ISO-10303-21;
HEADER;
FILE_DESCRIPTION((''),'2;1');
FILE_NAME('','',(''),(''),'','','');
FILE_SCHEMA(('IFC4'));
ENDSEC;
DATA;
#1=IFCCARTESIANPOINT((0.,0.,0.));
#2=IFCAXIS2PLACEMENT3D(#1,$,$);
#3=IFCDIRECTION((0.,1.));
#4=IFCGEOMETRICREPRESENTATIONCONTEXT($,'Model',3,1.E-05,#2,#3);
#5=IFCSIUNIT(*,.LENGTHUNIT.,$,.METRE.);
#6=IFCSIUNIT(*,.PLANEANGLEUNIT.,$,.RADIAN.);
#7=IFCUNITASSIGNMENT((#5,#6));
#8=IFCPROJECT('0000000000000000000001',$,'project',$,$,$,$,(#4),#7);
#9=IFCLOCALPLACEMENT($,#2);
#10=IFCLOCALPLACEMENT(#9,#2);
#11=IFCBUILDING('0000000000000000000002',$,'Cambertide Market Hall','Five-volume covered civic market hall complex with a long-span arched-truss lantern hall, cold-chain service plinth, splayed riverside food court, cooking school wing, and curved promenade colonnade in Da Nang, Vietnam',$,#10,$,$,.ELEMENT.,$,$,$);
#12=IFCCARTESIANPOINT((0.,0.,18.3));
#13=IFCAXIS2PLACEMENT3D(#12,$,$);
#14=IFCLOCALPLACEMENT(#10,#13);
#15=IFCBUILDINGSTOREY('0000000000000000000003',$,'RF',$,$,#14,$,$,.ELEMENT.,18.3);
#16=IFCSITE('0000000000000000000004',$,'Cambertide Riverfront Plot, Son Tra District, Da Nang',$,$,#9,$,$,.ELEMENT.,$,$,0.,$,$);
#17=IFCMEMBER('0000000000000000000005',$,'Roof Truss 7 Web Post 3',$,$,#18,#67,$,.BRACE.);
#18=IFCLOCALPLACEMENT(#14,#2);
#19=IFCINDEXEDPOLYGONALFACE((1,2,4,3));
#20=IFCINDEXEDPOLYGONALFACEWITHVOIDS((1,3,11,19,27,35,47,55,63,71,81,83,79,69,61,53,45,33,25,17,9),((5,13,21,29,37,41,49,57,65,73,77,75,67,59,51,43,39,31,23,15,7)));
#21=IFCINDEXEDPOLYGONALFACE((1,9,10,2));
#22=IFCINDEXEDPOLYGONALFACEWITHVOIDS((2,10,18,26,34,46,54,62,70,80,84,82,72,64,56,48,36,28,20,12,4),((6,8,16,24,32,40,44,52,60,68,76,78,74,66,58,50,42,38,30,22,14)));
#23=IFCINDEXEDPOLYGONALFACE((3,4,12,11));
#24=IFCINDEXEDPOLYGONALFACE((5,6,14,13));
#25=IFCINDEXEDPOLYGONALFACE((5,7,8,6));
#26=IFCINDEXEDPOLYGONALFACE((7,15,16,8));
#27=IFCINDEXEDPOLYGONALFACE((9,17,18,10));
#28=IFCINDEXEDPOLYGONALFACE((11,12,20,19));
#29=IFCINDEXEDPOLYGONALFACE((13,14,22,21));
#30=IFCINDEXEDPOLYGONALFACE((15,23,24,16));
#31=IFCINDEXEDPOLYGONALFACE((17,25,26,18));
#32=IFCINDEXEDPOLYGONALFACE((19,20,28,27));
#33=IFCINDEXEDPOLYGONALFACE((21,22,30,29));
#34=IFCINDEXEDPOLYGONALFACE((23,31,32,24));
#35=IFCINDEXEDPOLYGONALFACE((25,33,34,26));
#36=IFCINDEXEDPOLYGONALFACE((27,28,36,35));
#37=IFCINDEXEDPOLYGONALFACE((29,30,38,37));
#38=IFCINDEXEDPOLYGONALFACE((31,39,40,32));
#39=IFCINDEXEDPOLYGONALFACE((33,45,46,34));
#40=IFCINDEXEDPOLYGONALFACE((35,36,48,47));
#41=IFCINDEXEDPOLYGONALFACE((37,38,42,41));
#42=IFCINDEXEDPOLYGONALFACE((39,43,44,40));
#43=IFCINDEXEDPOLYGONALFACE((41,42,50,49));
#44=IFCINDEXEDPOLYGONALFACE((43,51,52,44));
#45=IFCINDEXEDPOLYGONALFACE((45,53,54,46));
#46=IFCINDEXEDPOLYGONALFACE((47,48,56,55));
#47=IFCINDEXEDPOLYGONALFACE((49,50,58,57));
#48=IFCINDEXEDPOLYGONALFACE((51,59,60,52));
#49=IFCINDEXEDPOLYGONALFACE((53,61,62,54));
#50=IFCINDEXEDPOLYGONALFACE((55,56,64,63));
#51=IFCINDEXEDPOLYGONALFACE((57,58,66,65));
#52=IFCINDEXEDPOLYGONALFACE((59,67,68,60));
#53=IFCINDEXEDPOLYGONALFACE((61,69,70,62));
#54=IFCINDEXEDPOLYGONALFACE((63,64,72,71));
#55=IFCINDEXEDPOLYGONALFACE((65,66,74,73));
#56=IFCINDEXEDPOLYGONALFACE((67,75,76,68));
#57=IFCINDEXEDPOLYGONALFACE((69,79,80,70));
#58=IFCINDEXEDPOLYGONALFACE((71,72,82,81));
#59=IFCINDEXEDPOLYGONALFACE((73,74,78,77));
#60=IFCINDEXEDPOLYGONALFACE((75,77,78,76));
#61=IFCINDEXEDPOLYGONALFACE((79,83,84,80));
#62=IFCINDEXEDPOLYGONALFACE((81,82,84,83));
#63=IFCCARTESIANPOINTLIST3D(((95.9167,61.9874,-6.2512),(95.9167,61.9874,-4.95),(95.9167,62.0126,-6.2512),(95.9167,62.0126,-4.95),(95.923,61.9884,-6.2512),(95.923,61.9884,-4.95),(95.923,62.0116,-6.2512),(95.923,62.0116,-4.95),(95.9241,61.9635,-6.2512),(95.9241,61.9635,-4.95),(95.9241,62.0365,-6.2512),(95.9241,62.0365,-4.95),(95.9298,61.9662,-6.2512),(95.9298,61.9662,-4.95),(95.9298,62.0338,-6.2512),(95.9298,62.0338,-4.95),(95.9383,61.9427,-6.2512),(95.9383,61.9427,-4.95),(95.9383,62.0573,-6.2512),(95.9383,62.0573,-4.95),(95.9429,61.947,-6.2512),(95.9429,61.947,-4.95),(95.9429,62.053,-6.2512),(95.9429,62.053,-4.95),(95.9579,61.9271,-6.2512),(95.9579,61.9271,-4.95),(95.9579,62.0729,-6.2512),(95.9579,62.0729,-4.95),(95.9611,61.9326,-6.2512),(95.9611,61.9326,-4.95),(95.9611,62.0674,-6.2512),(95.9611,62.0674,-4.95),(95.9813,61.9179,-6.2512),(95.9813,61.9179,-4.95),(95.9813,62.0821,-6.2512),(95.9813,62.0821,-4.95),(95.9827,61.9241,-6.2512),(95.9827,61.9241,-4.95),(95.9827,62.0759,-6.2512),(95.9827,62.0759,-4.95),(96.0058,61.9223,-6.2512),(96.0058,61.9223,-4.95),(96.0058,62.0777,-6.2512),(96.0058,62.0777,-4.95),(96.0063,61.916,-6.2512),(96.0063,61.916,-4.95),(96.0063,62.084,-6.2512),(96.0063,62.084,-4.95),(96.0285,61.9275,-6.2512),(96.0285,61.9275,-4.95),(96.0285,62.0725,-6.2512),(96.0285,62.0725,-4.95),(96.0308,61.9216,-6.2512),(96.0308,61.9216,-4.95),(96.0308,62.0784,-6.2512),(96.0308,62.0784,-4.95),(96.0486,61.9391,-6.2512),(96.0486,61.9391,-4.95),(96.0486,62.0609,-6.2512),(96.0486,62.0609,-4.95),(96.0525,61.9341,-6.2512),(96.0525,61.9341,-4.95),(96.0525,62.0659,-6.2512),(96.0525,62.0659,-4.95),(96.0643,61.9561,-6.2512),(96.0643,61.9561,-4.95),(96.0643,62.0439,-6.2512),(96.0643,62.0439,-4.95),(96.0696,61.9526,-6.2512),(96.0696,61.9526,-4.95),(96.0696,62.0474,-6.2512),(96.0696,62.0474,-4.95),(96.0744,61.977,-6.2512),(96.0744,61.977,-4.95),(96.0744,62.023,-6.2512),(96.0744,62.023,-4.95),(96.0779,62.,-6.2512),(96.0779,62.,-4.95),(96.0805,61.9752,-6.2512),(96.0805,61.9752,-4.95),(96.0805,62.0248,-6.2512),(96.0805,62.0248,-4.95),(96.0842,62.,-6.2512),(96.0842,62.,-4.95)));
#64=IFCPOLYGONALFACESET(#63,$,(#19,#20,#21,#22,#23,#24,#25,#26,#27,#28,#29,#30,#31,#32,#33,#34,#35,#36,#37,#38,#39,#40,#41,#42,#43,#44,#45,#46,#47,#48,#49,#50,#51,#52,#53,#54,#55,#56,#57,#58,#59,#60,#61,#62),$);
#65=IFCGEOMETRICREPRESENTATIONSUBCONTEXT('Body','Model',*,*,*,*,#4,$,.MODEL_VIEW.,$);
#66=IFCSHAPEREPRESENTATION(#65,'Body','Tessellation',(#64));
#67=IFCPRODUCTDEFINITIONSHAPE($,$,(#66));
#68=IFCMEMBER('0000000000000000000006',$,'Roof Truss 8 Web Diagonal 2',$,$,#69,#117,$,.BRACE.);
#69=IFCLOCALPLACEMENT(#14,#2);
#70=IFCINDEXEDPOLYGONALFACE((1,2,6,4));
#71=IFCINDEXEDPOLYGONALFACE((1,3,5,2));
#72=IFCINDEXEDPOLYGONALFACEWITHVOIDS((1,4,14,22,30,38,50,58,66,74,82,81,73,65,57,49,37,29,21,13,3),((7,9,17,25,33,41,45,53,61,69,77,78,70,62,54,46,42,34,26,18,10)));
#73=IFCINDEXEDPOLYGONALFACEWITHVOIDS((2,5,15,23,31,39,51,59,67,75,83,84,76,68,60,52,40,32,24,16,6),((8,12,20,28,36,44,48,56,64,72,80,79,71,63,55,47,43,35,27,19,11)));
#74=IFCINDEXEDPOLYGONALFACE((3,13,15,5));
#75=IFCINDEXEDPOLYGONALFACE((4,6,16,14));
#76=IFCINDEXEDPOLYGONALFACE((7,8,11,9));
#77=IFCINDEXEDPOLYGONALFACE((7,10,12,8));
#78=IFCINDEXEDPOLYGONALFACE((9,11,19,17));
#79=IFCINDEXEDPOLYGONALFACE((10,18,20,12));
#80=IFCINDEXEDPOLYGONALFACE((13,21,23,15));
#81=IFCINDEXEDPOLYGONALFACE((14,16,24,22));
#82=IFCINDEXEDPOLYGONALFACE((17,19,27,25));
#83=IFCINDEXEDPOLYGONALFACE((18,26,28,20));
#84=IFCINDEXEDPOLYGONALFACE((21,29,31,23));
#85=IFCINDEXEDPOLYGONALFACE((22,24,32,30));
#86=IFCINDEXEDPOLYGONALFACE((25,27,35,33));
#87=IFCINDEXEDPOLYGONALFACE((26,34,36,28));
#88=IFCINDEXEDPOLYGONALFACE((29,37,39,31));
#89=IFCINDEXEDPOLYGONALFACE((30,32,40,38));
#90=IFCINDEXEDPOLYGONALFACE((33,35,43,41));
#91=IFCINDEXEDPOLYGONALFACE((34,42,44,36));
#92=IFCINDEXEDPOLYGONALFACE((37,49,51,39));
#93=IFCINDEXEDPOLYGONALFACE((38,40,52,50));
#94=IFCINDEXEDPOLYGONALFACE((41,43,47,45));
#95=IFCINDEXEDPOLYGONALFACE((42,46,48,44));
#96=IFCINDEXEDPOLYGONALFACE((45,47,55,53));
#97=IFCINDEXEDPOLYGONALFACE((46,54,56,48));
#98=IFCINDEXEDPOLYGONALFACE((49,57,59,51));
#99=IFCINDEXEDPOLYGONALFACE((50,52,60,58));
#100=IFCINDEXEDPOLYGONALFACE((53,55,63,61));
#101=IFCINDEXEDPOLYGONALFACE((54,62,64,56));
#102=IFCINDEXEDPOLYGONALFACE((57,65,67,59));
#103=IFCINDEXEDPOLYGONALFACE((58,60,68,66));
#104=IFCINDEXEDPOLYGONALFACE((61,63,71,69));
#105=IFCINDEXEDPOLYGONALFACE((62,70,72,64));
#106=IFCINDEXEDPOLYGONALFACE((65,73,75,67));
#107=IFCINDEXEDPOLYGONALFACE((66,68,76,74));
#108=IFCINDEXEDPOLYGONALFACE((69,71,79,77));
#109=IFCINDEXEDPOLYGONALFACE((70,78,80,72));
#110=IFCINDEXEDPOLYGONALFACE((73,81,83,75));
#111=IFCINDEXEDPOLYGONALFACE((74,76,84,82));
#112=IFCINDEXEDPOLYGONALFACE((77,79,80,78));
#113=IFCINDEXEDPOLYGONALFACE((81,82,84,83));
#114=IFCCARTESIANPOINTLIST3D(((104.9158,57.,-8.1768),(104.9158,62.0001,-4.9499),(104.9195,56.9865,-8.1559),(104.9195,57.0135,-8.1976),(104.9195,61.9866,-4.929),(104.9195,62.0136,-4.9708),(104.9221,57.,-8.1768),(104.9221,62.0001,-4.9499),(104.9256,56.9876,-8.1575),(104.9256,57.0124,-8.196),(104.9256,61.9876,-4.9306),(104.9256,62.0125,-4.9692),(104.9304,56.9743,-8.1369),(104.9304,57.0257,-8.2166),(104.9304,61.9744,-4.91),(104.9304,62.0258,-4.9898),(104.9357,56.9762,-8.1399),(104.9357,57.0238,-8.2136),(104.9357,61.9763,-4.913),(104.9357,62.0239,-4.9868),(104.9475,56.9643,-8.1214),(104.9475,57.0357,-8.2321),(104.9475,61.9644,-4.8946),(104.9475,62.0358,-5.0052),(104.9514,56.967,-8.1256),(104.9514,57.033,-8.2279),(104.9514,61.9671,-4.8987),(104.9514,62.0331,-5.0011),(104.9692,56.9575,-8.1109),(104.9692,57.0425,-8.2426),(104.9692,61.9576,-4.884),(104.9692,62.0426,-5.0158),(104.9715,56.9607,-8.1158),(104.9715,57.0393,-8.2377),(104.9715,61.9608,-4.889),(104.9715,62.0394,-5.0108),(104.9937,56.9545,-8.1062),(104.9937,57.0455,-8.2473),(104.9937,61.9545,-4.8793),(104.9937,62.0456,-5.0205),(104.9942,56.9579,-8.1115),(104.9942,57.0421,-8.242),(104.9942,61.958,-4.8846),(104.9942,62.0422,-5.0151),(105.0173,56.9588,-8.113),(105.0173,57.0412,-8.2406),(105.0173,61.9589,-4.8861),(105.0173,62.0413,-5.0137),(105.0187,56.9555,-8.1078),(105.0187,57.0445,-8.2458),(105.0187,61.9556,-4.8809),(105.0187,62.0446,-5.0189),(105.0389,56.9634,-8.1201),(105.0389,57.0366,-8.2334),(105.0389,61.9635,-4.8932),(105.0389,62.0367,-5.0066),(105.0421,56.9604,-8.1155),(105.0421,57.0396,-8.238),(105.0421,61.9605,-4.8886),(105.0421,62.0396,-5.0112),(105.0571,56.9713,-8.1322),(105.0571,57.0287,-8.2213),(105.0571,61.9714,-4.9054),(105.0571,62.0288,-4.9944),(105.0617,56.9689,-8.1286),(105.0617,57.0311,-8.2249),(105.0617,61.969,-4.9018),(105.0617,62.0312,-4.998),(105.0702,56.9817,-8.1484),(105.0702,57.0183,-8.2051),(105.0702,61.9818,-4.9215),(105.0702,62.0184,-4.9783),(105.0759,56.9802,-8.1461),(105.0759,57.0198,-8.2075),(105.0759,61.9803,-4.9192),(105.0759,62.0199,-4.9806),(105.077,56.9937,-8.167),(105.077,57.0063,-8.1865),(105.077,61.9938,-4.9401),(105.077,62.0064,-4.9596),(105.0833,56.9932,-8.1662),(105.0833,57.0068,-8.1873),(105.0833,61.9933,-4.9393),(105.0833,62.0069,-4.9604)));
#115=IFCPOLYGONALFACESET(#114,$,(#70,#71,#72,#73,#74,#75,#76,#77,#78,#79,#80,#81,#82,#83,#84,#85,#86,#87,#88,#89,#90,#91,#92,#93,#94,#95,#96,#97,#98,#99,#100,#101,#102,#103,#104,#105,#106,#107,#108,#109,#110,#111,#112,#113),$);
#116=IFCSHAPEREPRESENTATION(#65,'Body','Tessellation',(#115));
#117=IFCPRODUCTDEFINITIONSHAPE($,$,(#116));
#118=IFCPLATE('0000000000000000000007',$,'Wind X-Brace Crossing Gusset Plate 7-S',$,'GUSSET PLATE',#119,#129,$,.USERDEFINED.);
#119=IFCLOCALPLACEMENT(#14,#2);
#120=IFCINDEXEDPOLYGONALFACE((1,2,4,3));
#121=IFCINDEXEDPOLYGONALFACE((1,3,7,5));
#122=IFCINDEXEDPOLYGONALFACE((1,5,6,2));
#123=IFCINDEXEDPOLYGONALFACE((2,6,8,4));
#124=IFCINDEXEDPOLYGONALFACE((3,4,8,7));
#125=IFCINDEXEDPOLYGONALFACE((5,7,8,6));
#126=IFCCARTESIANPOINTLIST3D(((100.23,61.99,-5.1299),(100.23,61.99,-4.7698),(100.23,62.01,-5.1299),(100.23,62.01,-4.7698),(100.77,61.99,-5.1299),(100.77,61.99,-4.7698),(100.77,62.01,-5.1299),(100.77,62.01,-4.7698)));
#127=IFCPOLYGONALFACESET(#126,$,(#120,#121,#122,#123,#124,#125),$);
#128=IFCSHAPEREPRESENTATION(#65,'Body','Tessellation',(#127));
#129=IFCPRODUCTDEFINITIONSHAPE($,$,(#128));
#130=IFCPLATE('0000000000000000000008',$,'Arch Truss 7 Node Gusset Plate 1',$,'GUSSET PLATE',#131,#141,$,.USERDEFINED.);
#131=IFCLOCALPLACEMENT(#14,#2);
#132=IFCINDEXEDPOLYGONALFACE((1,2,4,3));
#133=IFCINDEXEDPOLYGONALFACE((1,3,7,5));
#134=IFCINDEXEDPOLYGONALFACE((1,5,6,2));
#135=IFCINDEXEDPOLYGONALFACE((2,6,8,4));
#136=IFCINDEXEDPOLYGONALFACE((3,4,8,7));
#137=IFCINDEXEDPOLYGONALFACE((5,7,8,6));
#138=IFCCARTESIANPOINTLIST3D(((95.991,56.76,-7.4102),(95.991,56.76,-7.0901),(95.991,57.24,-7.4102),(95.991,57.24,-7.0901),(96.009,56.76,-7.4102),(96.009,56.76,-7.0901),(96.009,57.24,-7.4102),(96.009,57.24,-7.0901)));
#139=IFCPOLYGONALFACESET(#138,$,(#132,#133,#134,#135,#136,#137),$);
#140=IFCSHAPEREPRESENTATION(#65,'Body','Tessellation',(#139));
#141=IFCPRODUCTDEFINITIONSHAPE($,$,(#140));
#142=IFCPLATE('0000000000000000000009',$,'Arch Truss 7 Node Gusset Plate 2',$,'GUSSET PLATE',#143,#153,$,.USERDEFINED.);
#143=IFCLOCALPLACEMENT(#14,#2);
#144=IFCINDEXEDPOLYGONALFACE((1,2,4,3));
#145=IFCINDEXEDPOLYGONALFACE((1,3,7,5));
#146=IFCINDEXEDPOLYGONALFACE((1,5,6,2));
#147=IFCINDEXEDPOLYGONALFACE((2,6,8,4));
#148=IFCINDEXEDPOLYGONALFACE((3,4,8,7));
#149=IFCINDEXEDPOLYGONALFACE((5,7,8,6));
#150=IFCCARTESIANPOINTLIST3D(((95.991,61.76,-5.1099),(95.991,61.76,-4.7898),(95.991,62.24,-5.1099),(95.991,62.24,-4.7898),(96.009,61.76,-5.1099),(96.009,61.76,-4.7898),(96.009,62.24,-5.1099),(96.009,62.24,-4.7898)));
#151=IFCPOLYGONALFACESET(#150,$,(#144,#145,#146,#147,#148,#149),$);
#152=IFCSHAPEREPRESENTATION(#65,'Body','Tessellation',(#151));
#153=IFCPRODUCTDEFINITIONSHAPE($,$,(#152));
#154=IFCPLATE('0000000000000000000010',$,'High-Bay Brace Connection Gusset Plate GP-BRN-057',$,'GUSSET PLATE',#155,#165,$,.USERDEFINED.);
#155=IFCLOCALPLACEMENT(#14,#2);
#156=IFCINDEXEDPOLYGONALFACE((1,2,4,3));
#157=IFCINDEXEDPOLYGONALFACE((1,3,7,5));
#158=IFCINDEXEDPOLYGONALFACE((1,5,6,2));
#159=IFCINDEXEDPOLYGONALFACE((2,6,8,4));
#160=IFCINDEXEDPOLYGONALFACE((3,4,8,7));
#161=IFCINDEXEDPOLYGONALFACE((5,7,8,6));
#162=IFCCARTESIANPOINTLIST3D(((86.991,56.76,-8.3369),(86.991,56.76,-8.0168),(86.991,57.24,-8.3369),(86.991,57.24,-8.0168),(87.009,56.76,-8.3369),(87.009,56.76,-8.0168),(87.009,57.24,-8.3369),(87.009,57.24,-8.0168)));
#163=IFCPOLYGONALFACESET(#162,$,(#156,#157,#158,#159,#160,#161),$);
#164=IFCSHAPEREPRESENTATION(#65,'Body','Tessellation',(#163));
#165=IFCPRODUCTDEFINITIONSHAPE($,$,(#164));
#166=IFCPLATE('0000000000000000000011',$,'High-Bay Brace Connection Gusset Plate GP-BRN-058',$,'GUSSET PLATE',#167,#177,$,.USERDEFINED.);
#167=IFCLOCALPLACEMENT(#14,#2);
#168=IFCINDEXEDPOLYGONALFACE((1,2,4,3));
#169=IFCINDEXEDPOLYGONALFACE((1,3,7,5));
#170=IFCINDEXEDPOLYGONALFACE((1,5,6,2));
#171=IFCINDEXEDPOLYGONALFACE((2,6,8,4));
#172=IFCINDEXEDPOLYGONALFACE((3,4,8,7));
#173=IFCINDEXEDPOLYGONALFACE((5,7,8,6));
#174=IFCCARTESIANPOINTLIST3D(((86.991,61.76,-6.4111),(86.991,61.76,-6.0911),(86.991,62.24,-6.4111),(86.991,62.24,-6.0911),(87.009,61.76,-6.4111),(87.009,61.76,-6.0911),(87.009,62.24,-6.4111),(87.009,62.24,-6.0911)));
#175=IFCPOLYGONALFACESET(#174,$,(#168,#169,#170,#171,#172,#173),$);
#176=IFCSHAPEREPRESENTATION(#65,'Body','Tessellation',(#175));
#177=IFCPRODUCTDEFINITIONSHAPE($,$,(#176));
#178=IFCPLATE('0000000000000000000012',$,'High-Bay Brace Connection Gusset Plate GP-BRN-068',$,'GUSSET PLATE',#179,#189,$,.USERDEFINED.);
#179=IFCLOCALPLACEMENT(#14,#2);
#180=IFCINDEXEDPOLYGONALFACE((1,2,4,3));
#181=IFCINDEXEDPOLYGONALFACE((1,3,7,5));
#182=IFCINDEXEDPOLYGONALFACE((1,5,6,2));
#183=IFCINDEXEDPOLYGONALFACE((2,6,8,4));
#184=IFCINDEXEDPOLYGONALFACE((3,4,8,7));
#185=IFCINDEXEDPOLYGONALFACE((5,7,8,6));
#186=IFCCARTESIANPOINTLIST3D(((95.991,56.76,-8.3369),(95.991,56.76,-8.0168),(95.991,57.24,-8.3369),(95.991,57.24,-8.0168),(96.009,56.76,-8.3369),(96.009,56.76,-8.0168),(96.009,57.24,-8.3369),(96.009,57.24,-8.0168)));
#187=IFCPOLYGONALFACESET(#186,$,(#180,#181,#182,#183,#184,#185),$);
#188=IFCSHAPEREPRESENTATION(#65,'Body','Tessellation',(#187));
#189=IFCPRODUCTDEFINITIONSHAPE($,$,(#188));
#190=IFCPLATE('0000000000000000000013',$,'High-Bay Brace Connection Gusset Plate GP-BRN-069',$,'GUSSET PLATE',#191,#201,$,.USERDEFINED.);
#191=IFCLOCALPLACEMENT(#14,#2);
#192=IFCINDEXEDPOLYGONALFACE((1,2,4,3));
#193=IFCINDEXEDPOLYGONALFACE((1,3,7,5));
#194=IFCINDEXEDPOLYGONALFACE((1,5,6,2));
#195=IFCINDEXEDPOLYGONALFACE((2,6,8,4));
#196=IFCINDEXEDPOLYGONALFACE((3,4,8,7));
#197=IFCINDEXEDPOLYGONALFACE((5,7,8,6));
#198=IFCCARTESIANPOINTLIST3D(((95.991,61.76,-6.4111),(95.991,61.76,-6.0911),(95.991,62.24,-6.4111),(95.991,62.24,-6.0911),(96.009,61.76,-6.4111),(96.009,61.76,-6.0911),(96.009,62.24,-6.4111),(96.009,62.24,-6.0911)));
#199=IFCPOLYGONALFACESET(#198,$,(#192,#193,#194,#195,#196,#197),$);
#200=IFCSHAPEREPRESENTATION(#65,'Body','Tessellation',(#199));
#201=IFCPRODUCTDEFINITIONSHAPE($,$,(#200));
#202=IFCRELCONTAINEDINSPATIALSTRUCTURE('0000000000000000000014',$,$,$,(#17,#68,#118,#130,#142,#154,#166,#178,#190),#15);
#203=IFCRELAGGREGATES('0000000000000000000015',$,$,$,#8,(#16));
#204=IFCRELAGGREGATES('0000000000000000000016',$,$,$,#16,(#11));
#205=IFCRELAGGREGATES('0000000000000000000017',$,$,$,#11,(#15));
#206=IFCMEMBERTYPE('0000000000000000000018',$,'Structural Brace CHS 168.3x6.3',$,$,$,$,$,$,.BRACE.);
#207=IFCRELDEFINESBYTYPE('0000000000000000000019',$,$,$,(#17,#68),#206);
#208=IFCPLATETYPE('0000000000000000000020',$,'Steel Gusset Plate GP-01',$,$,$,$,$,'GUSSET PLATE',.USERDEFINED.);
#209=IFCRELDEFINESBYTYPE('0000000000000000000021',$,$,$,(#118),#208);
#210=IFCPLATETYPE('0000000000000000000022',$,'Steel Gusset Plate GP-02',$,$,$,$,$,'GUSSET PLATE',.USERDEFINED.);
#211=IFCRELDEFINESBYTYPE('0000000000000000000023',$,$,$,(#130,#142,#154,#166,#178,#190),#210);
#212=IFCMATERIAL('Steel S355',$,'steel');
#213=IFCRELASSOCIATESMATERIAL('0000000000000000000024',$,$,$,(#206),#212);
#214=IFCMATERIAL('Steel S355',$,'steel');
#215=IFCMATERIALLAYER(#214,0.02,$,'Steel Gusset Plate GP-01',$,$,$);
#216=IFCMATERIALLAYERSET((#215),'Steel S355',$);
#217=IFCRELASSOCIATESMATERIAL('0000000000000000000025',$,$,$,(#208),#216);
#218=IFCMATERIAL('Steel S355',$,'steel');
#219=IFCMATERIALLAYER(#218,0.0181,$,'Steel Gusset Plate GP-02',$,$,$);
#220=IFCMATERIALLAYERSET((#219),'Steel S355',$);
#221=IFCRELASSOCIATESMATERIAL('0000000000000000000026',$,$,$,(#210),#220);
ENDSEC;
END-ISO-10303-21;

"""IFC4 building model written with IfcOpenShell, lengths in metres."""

from ifc_helpers import new_model, si_unit, direction, frame, origin, origin_2d, place, context, subcontext, project, spatial, rectangle, hollow_circle, extrude, material, layer, layer_set, material_profile, profile_set, type_object, element, save


model = new_model("IFC4")

# Units and contexts
model_context = context("Model", 3, precision=1e-05, world=origin(), true_north=direction((0.0, 1.0)))
body_context = subcontext(model_context, "Body", "Model", "MODEL_VIEW")
ifc_project = project(units=[si_unit("LENGTHUNIT", "METRE"), si_unit("PLANEANGLEUNIT", "RADIAN")], contexts=[model_context])

# Site, building, storey
site_placement = place(None, origin())
site = spatial("IfcSite", under=ifc_project, at=site_placement, Name="Cambertide Riverfront Plot, Son Tra District, Da Nang", CompositionType="ELEMENT", RefElevation=0.0)
building_placement = place(site_placement, origin())
building = spatial("IfcBuilding", under=site, at=building_placement, Name="Cambertide Market Hall", Description="Five-volume covered civic market hall complex with a long-span arched-truss lantern hall, cold-chain service plinth, splayed riverside food court, cooking school wing, and curved promenade colonnade in Da Nang, Vietnam", CompositionType="ELEMENT")
storey_placement = place(building_placement, frame((0.0, 0.0, 18.3)))
storey = spatial("IfcBuildingStorey", under=building, at=storey_placement, Name="RF", CompositionType="ELEMENT", Elevation=18.3)

# Members
ifc_material_1 = material(Name="Steel S355", Category="steel")
ifc_material_profile_1 = material_profile(ifc_material_1, hollow_circle(Radius=0.0842, WallThickness=0.0063, at=origin_2d()), Name="CHS 168.3x6.3")
ifc_profile_set_1 = profile_set([ifc_material_profile_1], Name="Steel S355")
member_type_1 = type_object("IfcMemberType", Name="Structural Brace CHS 168.3x6.3", PredefinedType="BRACE", material=ifc_profile_set_1)
member_1_placement = place(storey_placement, frame((96.0, 62.0, -6.2512), z_axis=(0.0, 0.0, 1.0), x_axis=(1.0, 0.0, 0.0)))
element("IfcMember", 1, at=member_1_placement, inside=storey, type_object=member_type_1, Name="Roof Truss 7 Web Post 3", PredefinedType="BRACE", context=body_context, shape_type="SweptSolid", body=[
    extrude(hollow_circle(Radius=0.0842, WallThickness=0.0063, at=origin_2d()), origin(), (0.0, 0.0, 1.0), 1.3013),
])
member_2_placement = place(storey_placement, frame((105.0, 57.0, -8.1768), z_axis=(0.0, 0.84022, 0.542246), x_axis=(-1.0, 0.0, 0.0)))
element("IfcMember", 2, at=member_2_placement, inside=storey, type_object=member_type_1, Name="Roof Truss 8 Web Diagonal 2", PredefinedType="BRACE", context=body_context, shape_type="SweptSolid", body=[
    extrude(hollow_circle(Radius=0.0842, WallThickness=0.0063, at=origin_2d()), origin(), (0.0, 0.0, 1.0), 5.9509),
])

# Plates
ifc_material_2 = material(Name="Steel S355", Category="steel")
ifc_layer_1 = layer(ifc_material_2, 0.02, Name="Steel Gusset Plate GP-01")
ifc_layer_set_1 = layer_set([ifc_layer_1], Name="Steel S355")
plate_type_1 = type_object("IfcPlateType", Name="Steel Gusset Plate GP-01", ElementType="GUSSET PLATE", PredefinedType="USERDEFINED", material=ifc_layer_set_1)
plate_placement = place(storey_placement, frame((100.5, 62.0, -5.1299), z_axis=(0.0, 0.0, 1.0), x_axis=(1.0, 0.0, 0.0)))
element("IfcPlate", 3, at=plate_placement, inside=storey, type_object=plate_type_1, Name="Wind X-Brace Crossing Gusset Plate 7-S", ObjectType="GUSSET PLATE", PredefinedType="USERDEFINED", context=body_context, shape_type="SweptSolid", body=[
    extrude(rectangle(XDim=0.54, YDim=0.02, at=origin_2d()), origin(), (0.0, 0.0, 1.0), 0.3601),
])
ifc_material_3 = material(Name="Steel S355", Category="steel")
ifc_layer_2 = layer(ifc_material_3, 0.0181, Name="Steel Gusset Plate GP-02")
ifc_layer_set_2 = layer_set([ifc_layer_2], Name="Steel S355")
plate_type_2 = type_object("IfcPlateType", Name="Steel Gusset Plate GP-02", ElementType="GUSSET PLATE", PredefinedType="USERDEFINED", material=ifc_layer_set_2)
for number, where, z_axis, x_axis, name in (
    (4, (96.0, 57.0, -7.4102), (0.0, 0.0, 1.0), (1.0, 0.0, 0.0), "Arch Truss 7 Node Gusset Plate 1"),
    (5, (96.0, 62.0, -5.1099), (0.0, 0.0, 1.0), (1.0, 0.0, 0.0), "Arch Truss 7 Node Gusset Plate 2"),
):
    element("IfcPlate", number, at=place(storey_placement, frame(where, z_axis=z_axis, x_axis=x_axis)), inside=storey, type_object=plate_type_2, Name=name, ObjectType="GUSSET PLATE", PredefinedType="USERDEFINED", context=body_context, shape_type="SweptSolid", body=[
        extrude(rectangle(XDim=0.0181, YDim=0.48, at=origin_2d()), origin(), (0.0, 0.0, 1.0), 0.3201),
    ])
for number, where, z_axis, x_axis, name in (
    (6, (87.0, 57.0, -8.3369), (0.0, 0.0, 1.0), (0.0, 1.0, 0.0), "High-Bay Brace Connection Gusset Plate GP-BRN-057"),
    (7, (87.0, 62.0, -6.4111), (0.0, 0.0, 1.0), (0.0, 1.0, 0.0), "High-Bay Brace Connection Gusset Plate GP-BRN-058"),
    (8, (96.0, 57.0, -8.3369), (0.0, 0.0, 1.0), (0.0, 1.0, 0.0), "High-Bay Brace Connection Gusset Plate GP-BRN-068"),
    (9, (96.0, 62.0, -6.4111), (0.0, 0.0, 1.0), (0.0, 1.0, 0.0), "High-Bay Brace Connection Gusset Plate GP-BRN-069"),
):
    element("IfcPlate", number, at=place(storey_placement, frame(where, z_axis=z_axis, x_axis=x_axis)), inside=storey, type_object=plate_type_2, Name=name, ObjectType="GUSSET PLATE", PredefinedType="USERDEFINED", context=body_context, shape_type="SweptSolid", body=[
        extrude(rectangle(XDim=0.48, YDim=0.0181, at=origin_2d()), origin(), (0.0, 0.0, 1.0), 0.3201),
    ])

save(model, "model.ifc")
